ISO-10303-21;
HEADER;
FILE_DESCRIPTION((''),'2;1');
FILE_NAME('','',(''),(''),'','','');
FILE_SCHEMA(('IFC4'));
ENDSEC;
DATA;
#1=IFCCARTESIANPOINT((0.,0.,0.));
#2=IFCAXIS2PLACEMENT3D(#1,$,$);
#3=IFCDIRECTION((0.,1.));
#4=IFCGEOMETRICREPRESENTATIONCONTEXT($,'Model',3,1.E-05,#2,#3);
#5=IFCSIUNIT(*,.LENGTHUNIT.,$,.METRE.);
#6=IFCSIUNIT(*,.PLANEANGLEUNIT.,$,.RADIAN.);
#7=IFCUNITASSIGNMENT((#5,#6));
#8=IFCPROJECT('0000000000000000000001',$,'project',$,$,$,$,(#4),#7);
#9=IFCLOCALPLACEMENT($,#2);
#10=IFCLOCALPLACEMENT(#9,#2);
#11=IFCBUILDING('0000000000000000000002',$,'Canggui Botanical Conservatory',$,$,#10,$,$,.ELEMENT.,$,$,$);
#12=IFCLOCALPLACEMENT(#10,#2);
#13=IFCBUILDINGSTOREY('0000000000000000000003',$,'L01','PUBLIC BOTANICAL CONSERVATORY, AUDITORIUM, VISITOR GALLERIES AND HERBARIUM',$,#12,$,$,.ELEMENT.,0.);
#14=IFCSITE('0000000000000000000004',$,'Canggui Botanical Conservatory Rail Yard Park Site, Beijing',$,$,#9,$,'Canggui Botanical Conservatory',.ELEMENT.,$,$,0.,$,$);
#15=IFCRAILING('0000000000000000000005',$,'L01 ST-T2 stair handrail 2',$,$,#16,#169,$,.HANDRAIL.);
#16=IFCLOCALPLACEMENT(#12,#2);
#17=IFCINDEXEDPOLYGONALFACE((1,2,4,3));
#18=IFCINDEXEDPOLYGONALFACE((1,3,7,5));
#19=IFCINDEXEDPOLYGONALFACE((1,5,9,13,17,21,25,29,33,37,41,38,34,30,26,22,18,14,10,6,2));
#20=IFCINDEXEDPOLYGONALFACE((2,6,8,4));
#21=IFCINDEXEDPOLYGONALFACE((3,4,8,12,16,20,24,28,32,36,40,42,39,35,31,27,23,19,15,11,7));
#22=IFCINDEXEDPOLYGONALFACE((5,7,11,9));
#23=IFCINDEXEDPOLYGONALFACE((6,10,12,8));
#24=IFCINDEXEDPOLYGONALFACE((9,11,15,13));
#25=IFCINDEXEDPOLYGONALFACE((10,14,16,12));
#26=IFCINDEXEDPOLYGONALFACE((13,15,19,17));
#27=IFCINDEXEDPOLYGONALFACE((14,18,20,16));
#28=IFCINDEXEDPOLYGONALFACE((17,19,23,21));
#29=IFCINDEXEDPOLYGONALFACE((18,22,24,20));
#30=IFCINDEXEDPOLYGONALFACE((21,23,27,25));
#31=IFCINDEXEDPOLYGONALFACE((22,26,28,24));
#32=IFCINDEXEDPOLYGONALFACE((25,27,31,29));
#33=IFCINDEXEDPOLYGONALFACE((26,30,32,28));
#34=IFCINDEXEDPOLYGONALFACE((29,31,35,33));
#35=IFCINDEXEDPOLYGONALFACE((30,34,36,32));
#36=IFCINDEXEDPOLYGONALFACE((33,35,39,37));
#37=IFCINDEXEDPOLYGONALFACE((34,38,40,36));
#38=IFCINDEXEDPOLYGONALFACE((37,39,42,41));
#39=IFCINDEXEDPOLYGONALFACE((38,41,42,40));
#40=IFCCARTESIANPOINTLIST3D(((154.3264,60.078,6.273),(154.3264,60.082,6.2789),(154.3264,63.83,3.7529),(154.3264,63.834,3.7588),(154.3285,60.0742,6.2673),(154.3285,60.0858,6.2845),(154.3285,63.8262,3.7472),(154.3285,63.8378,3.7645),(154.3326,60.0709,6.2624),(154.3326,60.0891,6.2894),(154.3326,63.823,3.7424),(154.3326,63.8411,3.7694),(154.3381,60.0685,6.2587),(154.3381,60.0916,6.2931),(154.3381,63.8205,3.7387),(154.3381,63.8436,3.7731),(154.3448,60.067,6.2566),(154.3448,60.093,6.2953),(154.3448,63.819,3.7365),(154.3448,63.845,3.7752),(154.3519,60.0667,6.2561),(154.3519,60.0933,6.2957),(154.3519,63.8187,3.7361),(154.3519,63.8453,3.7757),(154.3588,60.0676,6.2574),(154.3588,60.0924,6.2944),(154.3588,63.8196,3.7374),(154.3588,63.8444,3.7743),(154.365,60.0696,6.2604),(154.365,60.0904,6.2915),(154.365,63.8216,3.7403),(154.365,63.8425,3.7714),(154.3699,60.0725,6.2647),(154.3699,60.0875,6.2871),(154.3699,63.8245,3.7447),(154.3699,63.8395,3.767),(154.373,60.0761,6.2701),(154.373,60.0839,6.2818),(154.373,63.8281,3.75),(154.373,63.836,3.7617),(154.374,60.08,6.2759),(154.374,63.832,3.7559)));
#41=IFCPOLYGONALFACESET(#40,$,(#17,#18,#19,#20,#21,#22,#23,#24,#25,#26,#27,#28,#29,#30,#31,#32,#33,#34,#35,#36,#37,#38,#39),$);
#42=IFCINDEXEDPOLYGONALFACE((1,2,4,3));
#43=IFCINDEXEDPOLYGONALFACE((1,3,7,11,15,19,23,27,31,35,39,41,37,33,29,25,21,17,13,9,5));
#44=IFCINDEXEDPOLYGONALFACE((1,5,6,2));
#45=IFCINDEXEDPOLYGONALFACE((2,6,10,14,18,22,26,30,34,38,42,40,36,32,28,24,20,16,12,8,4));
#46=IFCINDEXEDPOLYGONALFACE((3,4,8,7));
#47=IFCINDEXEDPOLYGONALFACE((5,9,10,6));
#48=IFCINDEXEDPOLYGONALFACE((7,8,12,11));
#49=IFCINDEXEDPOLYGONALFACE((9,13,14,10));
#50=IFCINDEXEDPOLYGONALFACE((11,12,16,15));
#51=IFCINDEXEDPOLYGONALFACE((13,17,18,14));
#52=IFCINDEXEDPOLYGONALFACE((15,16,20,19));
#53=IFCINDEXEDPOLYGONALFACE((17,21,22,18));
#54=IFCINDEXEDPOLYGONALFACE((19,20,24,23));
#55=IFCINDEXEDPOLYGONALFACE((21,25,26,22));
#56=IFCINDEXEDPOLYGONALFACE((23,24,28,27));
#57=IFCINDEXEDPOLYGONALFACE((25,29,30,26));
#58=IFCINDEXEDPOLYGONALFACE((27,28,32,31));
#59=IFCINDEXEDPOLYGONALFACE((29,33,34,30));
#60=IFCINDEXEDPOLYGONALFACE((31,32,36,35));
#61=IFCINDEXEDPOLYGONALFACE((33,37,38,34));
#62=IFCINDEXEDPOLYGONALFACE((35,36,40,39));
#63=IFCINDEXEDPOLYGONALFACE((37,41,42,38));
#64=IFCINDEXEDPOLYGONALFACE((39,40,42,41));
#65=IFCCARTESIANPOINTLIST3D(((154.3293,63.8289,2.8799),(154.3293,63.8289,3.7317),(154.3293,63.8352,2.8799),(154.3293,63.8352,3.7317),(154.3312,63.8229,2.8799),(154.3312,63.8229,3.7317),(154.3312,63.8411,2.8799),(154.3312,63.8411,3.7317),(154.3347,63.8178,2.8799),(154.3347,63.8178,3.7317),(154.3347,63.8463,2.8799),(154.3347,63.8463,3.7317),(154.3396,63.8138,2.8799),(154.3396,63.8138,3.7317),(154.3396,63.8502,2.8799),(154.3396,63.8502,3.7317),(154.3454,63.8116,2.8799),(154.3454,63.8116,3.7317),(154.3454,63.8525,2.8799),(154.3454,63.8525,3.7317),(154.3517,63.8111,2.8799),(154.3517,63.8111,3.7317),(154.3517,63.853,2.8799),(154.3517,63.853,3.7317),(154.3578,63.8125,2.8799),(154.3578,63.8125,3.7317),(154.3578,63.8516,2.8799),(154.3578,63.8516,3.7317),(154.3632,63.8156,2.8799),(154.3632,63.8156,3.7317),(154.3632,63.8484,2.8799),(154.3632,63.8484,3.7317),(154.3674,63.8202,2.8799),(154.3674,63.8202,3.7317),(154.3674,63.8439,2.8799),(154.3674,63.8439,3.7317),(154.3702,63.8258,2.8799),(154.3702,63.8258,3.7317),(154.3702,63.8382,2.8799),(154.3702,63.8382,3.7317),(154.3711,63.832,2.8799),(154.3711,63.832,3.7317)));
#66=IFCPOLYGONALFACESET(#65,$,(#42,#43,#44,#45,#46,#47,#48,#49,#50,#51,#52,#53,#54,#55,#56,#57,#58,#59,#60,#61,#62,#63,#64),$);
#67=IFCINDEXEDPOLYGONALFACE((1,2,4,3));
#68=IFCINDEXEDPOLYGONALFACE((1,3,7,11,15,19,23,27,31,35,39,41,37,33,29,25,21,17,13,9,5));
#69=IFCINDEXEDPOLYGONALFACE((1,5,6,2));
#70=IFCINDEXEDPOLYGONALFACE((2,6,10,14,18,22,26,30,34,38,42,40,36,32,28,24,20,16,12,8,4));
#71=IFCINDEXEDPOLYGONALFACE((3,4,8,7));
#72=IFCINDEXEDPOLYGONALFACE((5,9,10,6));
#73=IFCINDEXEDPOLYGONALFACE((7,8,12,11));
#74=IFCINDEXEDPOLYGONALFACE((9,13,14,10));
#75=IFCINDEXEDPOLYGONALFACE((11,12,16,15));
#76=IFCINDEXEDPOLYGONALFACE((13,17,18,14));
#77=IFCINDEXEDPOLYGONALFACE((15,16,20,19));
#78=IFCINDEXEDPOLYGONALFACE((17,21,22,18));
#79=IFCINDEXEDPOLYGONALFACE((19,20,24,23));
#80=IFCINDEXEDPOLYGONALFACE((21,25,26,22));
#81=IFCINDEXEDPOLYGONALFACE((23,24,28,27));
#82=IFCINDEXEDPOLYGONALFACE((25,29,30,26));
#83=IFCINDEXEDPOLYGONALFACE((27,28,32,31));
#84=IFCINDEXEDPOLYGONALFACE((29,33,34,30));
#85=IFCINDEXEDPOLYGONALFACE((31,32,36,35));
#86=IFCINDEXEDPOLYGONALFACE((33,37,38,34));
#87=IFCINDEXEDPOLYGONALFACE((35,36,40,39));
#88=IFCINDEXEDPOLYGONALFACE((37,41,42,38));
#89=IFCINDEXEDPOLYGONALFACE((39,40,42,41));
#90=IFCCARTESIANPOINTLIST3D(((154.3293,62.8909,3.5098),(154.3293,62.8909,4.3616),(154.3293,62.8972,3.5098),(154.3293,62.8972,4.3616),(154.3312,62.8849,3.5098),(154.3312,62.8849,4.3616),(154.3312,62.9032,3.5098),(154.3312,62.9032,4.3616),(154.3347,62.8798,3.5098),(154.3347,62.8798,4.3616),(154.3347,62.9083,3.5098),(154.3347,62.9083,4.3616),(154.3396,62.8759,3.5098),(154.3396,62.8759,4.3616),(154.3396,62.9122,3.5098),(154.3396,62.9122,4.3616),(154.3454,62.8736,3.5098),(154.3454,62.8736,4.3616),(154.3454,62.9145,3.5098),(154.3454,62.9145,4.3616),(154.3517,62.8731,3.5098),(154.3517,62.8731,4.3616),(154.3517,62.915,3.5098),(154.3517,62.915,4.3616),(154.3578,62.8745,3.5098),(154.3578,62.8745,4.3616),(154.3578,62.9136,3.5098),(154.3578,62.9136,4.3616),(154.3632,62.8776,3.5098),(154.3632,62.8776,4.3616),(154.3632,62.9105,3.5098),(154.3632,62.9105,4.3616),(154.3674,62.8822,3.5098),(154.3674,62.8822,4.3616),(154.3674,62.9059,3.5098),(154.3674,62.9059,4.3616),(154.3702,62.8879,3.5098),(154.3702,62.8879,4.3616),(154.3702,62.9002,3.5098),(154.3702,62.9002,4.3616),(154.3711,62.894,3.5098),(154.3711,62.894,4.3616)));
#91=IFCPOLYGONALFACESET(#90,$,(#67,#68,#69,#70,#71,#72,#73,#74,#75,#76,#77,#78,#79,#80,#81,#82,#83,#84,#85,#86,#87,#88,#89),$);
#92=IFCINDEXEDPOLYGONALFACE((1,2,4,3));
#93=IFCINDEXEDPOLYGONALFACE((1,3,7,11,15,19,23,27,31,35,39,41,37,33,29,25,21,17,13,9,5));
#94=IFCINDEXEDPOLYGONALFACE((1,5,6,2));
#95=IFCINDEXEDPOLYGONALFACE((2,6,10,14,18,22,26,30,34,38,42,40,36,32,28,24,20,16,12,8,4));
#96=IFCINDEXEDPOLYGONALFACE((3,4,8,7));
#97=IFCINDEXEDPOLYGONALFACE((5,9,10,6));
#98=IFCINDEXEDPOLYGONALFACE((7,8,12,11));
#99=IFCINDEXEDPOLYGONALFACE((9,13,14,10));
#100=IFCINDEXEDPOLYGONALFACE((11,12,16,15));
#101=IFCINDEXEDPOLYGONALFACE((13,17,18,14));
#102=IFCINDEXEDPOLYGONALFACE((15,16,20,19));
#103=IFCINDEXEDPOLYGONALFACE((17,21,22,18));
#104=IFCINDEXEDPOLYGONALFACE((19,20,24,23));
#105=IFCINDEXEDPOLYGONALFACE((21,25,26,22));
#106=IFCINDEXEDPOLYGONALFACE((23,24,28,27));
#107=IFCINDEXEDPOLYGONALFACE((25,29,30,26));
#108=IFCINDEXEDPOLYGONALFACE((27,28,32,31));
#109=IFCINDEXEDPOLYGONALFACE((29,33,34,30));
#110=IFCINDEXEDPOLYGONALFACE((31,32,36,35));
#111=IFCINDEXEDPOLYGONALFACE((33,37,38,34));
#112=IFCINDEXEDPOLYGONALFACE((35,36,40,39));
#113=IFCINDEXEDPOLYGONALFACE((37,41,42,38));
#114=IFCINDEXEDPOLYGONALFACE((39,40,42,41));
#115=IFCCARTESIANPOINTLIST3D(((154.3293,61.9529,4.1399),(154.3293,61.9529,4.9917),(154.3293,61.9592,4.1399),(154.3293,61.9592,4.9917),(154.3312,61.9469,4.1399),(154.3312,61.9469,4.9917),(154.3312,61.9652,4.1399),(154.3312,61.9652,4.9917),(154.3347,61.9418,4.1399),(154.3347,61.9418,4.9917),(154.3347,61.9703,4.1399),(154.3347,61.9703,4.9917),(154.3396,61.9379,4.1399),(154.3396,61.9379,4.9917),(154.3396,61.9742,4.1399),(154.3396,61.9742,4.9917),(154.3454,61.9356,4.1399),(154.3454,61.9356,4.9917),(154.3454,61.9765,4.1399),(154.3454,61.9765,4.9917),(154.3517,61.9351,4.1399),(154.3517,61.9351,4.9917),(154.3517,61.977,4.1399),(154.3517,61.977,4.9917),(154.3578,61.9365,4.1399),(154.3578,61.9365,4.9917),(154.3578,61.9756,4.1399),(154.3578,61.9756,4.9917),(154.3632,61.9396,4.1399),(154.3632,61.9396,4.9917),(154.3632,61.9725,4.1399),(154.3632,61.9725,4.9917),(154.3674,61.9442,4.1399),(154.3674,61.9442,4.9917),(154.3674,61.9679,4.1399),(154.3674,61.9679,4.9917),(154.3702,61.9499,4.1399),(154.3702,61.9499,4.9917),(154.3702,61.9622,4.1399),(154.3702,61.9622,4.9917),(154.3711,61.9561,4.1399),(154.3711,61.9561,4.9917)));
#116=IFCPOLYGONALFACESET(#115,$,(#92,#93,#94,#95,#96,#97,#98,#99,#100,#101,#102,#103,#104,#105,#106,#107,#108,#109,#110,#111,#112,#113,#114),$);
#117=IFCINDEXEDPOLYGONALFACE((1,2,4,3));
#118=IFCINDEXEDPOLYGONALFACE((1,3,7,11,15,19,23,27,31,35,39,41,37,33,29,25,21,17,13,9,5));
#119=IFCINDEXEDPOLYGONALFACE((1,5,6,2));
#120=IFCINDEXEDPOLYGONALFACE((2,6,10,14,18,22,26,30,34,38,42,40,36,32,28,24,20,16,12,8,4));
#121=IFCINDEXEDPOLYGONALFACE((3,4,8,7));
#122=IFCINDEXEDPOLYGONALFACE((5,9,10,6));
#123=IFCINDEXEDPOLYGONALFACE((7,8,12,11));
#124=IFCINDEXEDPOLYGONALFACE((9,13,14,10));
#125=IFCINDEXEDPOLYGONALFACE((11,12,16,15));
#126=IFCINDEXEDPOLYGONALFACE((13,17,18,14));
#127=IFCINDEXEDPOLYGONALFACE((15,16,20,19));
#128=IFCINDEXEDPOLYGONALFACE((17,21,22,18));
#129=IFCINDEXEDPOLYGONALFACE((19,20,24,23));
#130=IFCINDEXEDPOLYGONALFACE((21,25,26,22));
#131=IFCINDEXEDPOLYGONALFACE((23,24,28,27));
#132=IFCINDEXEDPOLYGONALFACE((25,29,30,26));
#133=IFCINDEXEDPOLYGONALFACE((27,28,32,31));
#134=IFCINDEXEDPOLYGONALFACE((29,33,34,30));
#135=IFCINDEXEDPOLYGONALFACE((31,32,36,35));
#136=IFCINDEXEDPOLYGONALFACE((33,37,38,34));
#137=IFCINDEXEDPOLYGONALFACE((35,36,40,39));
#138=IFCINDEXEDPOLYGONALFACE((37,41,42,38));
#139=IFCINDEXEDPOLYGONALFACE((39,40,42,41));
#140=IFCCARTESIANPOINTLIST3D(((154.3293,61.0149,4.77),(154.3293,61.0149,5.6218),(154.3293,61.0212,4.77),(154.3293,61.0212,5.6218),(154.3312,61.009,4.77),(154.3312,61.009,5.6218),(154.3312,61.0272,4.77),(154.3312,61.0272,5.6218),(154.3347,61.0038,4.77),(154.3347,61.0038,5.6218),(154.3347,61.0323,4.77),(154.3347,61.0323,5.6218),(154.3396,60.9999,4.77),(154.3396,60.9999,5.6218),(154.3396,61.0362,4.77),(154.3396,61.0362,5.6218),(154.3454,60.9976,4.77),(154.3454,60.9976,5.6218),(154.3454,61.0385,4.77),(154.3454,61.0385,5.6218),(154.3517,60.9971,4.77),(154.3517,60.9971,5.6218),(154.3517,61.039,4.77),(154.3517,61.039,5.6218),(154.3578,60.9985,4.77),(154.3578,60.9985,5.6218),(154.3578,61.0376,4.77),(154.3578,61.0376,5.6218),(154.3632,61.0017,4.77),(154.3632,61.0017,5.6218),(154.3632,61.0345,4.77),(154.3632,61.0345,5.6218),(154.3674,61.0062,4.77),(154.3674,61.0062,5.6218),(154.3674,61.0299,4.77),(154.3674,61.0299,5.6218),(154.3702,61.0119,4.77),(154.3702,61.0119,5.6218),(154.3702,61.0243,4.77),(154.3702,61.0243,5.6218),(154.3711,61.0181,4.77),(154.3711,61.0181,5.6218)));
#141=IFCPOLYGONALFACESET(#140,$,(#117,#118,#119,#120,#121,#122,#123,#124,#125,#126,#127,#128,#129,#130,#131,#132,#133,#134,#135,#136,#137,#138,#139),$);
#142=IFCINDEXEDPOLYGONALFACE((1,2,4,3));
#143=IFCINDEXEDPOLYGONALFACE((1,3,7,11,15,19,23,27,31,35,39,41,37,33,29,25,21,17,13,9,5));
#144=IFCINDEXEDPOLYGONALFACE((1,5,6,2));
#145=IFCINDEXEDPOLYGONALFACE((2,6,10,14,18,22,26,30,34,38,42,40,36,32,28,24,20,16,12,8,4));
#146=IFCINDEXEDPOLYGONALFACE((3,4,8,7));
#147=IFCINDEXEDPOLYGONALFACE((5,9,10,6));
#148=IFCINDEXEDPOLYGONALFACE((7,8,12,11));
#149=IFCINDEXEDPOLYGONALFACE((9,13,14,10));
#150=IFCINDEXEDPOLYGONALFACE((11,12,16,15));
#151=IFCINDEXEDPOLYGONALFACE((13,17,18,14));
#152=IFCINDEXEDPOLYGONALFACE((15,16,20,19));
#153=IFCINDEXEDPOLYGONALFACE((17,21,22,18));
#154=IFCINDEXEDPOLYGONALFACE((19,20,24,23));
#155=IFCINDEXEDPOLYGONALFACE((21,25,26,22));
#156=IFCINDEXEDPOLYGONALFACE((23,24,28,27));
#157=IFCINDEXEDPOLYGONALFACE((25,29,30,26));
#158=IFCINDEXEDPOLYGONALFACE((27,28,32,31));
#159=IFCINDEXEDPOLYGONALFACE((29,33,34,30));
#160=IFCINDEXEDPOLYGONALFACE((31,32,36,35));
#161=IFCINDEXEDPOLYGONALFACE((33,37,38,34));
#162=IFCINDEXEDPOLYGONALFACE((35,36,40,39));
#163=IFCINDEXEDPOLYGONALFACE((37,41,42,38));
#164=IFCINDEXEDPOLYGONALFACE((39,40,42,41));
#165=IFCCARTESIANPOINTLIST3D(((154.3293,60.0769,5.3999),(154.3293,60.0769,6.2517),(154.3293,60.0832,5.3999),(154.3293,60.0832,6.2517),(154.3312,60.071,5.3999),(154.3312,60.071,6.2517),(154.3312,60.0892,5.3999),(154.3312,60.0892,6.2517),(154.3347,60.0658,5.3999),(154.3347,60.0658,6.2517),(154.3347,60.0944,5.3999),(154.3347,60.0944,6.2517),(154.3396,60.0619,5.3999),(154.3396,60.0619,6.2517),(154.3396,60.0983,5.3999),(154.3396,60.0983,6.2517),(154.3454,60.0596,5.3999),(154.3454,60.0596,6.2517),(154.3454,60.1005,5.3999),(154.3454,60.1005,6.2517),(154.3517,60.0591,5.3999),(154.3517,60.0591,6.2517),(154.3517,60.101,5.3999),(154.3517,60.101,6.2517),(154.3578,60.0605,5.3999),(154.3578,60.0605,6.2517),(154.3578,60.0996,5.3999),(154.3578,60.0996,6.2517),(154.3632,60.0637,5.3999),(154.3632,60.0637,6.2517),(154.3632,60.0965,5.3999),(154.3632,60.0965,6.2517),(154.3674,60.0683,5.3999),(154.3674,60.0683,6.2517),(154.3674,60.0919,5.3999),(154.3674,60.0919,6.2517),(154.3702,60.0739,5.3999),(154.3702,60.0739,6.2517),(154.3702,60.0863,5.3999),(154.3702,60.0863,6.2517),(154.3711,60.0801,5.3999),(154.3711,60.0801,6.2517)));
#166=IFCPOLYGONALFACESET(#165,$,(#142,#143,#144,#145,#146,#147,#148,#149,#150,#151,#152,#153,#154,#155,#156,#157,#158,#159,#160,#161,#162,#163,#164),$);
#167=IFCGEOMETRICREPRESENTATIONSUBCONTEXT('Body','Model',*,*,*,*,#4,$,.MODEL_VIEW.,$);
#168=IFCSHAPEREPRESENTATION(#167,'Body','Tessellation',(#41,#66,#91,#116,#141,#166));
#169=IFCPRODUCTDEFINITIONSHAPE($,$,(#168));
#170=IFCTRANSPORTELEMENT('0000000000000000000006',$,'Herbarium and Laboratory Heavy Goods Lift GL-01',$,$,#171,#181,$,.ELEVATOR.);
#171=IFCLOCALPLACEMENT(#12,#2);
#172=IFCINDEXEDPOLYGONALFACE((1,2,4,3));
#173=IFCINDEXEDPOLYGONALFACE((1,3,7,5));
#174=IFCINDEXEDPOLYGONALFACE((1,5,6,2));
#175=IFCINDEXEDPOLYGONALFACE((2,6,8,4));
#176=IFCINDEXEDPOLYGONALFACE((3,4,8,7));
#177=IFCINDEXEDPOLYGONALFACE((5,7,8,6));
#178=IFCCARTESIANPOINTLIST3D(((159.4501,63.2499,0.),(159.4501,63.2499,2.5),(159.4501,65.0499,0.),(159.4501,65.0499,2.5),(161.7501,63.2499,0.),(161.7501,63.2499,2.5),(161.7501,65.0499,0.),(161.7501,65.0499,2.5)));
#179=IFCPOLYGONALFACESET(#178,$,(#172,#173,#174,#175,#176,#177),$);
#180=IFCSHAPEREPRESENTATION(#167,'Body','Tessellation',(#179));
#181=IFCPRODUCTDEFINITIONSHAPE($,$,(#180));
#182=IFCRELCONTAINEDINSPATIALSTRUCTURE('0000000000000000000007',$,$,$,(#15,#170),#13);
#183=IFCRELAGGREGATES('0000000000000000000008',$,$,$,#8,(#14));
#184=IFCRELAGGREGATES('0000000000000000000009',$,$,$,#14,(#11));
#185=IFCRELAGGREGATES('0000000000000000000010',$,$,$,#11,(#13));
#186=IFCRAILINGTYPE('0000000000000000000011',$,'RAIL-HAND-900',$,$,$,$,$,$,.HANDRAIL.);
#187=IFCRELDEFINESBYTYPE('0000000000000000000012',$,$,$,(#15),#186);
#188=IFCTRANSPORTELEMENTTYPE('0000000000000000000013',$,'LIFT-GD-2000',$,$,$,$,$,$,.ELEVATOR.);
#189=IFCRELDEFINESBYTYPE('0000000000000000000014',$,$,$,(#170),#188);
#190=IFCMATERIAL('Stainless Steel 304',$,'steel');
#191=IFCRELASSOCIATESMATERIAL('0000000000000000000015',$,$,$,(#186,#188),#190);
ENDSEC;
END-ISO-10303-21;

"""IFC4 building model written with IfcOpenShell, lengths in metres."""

from ifc_helpers import new_model, si_unit, direction, frame, origin, origin_2d, place, context, subcontext, project, spatial, rectangle, circle, extrude, material, type_object, element, save


model = new_model("IFC4")

# Units and contexts
model_context = context("Model", 3, precision=1e-05, world=origin(), true_north=direction((0.0, 1.0)))
body_context = subcontext(model_context, "Body", "Model", "MODEL_VIEW")
ifc_project = project(units=[si_unit("LENGTHUNIT", "METRE"), si_unit("PLANEANGLEUNIT", "RADIAN")], contexts=[model_context])

# Site, building, storey
site_placement = place(None, origin())
site = spatial("IfcSite", under=ifc_project, at=site_placement, Name="Canggui Botanical Conservatory Rail Yard Park Site, Beijing", LongName="Canggui Botanical Conservatory", CompositionType="ELEMENT", RefElevation=0.0)
building_placement = place(site_placement, origin())
building = spatial("IfcBuilding", under=site, at=building_placement, Name="Canggui Botanical Conservatory", CompositionType="ELEMENT")
storey_placement = place(building_placement, origin())
storey = spatial("IfcBuildingStorey", under=building, at=storey_placement, Name="L01", Description="PUBLIC BOTANICAL CONSERVATORY, AUDITORIUM, VISITOR GALLERIES AND HERBARIUM", CompositionType="ELEMENT", Elevation=0.0)

# Railing
ifc_material_1 = material(Name="Stainless Steel 304", Category="steel")
railing_type_1 = type_object("IfcRailingType", Name="RAIL-HAND-900", PredefinedType="HANDRAIL", material=ifc_material_1)
railing_1_placement = place(storey_placement, frame((154.3501, 63.832, 2.8799)))
element("IfcRailing", 1, at=railing_1_placement, inside=storey, type_object=railing_type_1, Name="L01 ST-T2 stair handrail 2", PredefinedType="HANDRAIL", context=body_context, shape_type="SweptSolid", body=[
    extrude(circle(Radius=0.0239, at=origin_2d()), frame((0.0, 0.0, 0.876), z_axis=(0.0, -0.830134, 0.557564), x_axis=(1.0, 0.0, 0.0)), (0.0, 0.0, 1.0), 4.5198),
    extrude(circle(Radius=0.021, at=origin_2d()), origin(), (0.0, 0.0, 1.0), 0.8518),
    extrude(circle(Radius=0.021, at=origin_2d()), frame((0.0, -0.938, 0.6299)), (0.0, 0.0, 1.0), 0.8518),
    extrude(circle(Radius=0.021, at=origin_2d()), frame((0.0, -1.876, 1.26)), (0.0, 0.0, 1.0), 0.8518),
    extrude(circle(Radius=0.021, at=origin_2d()), frame((0.0, -2.814, 1.8901)), (0.0, 0.0, 1.0), 0.8518),
    extrude(circle(Radius=0.021, at=origin_2d()), frame((0.0, -3.752, 2.52)), (0.0, 0.0, 1.0), 0.8518),
])

# Transport element
transport_element_type = type_object("IfcTransportElementType", Name="LIFT-GD-2000", PredefinedType="ELEVATOR", material=ifc_material_1)
transport_element_placement = place(storey_placement, frame((160.6001, 64.1499, 0.0), z_axis=(0.0, 0.0, 1.0), x_axis=(0.0, 1.0, 0.0)))
element("IfcTransportElement", 2, at=transport_element_placement, inside=storey, type_object=transport_element_type, Name="Herbarium and Laboratory Heavy Goods Lift GL-01", PredefinedType="ELEVATOR", context=body_context, shape_type="SweptSolid", body=[
    extrude(rectangle(XDim=1.8, YDim=2.3, at=origin_2d()), origin(), (0.0, 0.0, 1.0), 2.5),
])

save(model, "model.ifc")
